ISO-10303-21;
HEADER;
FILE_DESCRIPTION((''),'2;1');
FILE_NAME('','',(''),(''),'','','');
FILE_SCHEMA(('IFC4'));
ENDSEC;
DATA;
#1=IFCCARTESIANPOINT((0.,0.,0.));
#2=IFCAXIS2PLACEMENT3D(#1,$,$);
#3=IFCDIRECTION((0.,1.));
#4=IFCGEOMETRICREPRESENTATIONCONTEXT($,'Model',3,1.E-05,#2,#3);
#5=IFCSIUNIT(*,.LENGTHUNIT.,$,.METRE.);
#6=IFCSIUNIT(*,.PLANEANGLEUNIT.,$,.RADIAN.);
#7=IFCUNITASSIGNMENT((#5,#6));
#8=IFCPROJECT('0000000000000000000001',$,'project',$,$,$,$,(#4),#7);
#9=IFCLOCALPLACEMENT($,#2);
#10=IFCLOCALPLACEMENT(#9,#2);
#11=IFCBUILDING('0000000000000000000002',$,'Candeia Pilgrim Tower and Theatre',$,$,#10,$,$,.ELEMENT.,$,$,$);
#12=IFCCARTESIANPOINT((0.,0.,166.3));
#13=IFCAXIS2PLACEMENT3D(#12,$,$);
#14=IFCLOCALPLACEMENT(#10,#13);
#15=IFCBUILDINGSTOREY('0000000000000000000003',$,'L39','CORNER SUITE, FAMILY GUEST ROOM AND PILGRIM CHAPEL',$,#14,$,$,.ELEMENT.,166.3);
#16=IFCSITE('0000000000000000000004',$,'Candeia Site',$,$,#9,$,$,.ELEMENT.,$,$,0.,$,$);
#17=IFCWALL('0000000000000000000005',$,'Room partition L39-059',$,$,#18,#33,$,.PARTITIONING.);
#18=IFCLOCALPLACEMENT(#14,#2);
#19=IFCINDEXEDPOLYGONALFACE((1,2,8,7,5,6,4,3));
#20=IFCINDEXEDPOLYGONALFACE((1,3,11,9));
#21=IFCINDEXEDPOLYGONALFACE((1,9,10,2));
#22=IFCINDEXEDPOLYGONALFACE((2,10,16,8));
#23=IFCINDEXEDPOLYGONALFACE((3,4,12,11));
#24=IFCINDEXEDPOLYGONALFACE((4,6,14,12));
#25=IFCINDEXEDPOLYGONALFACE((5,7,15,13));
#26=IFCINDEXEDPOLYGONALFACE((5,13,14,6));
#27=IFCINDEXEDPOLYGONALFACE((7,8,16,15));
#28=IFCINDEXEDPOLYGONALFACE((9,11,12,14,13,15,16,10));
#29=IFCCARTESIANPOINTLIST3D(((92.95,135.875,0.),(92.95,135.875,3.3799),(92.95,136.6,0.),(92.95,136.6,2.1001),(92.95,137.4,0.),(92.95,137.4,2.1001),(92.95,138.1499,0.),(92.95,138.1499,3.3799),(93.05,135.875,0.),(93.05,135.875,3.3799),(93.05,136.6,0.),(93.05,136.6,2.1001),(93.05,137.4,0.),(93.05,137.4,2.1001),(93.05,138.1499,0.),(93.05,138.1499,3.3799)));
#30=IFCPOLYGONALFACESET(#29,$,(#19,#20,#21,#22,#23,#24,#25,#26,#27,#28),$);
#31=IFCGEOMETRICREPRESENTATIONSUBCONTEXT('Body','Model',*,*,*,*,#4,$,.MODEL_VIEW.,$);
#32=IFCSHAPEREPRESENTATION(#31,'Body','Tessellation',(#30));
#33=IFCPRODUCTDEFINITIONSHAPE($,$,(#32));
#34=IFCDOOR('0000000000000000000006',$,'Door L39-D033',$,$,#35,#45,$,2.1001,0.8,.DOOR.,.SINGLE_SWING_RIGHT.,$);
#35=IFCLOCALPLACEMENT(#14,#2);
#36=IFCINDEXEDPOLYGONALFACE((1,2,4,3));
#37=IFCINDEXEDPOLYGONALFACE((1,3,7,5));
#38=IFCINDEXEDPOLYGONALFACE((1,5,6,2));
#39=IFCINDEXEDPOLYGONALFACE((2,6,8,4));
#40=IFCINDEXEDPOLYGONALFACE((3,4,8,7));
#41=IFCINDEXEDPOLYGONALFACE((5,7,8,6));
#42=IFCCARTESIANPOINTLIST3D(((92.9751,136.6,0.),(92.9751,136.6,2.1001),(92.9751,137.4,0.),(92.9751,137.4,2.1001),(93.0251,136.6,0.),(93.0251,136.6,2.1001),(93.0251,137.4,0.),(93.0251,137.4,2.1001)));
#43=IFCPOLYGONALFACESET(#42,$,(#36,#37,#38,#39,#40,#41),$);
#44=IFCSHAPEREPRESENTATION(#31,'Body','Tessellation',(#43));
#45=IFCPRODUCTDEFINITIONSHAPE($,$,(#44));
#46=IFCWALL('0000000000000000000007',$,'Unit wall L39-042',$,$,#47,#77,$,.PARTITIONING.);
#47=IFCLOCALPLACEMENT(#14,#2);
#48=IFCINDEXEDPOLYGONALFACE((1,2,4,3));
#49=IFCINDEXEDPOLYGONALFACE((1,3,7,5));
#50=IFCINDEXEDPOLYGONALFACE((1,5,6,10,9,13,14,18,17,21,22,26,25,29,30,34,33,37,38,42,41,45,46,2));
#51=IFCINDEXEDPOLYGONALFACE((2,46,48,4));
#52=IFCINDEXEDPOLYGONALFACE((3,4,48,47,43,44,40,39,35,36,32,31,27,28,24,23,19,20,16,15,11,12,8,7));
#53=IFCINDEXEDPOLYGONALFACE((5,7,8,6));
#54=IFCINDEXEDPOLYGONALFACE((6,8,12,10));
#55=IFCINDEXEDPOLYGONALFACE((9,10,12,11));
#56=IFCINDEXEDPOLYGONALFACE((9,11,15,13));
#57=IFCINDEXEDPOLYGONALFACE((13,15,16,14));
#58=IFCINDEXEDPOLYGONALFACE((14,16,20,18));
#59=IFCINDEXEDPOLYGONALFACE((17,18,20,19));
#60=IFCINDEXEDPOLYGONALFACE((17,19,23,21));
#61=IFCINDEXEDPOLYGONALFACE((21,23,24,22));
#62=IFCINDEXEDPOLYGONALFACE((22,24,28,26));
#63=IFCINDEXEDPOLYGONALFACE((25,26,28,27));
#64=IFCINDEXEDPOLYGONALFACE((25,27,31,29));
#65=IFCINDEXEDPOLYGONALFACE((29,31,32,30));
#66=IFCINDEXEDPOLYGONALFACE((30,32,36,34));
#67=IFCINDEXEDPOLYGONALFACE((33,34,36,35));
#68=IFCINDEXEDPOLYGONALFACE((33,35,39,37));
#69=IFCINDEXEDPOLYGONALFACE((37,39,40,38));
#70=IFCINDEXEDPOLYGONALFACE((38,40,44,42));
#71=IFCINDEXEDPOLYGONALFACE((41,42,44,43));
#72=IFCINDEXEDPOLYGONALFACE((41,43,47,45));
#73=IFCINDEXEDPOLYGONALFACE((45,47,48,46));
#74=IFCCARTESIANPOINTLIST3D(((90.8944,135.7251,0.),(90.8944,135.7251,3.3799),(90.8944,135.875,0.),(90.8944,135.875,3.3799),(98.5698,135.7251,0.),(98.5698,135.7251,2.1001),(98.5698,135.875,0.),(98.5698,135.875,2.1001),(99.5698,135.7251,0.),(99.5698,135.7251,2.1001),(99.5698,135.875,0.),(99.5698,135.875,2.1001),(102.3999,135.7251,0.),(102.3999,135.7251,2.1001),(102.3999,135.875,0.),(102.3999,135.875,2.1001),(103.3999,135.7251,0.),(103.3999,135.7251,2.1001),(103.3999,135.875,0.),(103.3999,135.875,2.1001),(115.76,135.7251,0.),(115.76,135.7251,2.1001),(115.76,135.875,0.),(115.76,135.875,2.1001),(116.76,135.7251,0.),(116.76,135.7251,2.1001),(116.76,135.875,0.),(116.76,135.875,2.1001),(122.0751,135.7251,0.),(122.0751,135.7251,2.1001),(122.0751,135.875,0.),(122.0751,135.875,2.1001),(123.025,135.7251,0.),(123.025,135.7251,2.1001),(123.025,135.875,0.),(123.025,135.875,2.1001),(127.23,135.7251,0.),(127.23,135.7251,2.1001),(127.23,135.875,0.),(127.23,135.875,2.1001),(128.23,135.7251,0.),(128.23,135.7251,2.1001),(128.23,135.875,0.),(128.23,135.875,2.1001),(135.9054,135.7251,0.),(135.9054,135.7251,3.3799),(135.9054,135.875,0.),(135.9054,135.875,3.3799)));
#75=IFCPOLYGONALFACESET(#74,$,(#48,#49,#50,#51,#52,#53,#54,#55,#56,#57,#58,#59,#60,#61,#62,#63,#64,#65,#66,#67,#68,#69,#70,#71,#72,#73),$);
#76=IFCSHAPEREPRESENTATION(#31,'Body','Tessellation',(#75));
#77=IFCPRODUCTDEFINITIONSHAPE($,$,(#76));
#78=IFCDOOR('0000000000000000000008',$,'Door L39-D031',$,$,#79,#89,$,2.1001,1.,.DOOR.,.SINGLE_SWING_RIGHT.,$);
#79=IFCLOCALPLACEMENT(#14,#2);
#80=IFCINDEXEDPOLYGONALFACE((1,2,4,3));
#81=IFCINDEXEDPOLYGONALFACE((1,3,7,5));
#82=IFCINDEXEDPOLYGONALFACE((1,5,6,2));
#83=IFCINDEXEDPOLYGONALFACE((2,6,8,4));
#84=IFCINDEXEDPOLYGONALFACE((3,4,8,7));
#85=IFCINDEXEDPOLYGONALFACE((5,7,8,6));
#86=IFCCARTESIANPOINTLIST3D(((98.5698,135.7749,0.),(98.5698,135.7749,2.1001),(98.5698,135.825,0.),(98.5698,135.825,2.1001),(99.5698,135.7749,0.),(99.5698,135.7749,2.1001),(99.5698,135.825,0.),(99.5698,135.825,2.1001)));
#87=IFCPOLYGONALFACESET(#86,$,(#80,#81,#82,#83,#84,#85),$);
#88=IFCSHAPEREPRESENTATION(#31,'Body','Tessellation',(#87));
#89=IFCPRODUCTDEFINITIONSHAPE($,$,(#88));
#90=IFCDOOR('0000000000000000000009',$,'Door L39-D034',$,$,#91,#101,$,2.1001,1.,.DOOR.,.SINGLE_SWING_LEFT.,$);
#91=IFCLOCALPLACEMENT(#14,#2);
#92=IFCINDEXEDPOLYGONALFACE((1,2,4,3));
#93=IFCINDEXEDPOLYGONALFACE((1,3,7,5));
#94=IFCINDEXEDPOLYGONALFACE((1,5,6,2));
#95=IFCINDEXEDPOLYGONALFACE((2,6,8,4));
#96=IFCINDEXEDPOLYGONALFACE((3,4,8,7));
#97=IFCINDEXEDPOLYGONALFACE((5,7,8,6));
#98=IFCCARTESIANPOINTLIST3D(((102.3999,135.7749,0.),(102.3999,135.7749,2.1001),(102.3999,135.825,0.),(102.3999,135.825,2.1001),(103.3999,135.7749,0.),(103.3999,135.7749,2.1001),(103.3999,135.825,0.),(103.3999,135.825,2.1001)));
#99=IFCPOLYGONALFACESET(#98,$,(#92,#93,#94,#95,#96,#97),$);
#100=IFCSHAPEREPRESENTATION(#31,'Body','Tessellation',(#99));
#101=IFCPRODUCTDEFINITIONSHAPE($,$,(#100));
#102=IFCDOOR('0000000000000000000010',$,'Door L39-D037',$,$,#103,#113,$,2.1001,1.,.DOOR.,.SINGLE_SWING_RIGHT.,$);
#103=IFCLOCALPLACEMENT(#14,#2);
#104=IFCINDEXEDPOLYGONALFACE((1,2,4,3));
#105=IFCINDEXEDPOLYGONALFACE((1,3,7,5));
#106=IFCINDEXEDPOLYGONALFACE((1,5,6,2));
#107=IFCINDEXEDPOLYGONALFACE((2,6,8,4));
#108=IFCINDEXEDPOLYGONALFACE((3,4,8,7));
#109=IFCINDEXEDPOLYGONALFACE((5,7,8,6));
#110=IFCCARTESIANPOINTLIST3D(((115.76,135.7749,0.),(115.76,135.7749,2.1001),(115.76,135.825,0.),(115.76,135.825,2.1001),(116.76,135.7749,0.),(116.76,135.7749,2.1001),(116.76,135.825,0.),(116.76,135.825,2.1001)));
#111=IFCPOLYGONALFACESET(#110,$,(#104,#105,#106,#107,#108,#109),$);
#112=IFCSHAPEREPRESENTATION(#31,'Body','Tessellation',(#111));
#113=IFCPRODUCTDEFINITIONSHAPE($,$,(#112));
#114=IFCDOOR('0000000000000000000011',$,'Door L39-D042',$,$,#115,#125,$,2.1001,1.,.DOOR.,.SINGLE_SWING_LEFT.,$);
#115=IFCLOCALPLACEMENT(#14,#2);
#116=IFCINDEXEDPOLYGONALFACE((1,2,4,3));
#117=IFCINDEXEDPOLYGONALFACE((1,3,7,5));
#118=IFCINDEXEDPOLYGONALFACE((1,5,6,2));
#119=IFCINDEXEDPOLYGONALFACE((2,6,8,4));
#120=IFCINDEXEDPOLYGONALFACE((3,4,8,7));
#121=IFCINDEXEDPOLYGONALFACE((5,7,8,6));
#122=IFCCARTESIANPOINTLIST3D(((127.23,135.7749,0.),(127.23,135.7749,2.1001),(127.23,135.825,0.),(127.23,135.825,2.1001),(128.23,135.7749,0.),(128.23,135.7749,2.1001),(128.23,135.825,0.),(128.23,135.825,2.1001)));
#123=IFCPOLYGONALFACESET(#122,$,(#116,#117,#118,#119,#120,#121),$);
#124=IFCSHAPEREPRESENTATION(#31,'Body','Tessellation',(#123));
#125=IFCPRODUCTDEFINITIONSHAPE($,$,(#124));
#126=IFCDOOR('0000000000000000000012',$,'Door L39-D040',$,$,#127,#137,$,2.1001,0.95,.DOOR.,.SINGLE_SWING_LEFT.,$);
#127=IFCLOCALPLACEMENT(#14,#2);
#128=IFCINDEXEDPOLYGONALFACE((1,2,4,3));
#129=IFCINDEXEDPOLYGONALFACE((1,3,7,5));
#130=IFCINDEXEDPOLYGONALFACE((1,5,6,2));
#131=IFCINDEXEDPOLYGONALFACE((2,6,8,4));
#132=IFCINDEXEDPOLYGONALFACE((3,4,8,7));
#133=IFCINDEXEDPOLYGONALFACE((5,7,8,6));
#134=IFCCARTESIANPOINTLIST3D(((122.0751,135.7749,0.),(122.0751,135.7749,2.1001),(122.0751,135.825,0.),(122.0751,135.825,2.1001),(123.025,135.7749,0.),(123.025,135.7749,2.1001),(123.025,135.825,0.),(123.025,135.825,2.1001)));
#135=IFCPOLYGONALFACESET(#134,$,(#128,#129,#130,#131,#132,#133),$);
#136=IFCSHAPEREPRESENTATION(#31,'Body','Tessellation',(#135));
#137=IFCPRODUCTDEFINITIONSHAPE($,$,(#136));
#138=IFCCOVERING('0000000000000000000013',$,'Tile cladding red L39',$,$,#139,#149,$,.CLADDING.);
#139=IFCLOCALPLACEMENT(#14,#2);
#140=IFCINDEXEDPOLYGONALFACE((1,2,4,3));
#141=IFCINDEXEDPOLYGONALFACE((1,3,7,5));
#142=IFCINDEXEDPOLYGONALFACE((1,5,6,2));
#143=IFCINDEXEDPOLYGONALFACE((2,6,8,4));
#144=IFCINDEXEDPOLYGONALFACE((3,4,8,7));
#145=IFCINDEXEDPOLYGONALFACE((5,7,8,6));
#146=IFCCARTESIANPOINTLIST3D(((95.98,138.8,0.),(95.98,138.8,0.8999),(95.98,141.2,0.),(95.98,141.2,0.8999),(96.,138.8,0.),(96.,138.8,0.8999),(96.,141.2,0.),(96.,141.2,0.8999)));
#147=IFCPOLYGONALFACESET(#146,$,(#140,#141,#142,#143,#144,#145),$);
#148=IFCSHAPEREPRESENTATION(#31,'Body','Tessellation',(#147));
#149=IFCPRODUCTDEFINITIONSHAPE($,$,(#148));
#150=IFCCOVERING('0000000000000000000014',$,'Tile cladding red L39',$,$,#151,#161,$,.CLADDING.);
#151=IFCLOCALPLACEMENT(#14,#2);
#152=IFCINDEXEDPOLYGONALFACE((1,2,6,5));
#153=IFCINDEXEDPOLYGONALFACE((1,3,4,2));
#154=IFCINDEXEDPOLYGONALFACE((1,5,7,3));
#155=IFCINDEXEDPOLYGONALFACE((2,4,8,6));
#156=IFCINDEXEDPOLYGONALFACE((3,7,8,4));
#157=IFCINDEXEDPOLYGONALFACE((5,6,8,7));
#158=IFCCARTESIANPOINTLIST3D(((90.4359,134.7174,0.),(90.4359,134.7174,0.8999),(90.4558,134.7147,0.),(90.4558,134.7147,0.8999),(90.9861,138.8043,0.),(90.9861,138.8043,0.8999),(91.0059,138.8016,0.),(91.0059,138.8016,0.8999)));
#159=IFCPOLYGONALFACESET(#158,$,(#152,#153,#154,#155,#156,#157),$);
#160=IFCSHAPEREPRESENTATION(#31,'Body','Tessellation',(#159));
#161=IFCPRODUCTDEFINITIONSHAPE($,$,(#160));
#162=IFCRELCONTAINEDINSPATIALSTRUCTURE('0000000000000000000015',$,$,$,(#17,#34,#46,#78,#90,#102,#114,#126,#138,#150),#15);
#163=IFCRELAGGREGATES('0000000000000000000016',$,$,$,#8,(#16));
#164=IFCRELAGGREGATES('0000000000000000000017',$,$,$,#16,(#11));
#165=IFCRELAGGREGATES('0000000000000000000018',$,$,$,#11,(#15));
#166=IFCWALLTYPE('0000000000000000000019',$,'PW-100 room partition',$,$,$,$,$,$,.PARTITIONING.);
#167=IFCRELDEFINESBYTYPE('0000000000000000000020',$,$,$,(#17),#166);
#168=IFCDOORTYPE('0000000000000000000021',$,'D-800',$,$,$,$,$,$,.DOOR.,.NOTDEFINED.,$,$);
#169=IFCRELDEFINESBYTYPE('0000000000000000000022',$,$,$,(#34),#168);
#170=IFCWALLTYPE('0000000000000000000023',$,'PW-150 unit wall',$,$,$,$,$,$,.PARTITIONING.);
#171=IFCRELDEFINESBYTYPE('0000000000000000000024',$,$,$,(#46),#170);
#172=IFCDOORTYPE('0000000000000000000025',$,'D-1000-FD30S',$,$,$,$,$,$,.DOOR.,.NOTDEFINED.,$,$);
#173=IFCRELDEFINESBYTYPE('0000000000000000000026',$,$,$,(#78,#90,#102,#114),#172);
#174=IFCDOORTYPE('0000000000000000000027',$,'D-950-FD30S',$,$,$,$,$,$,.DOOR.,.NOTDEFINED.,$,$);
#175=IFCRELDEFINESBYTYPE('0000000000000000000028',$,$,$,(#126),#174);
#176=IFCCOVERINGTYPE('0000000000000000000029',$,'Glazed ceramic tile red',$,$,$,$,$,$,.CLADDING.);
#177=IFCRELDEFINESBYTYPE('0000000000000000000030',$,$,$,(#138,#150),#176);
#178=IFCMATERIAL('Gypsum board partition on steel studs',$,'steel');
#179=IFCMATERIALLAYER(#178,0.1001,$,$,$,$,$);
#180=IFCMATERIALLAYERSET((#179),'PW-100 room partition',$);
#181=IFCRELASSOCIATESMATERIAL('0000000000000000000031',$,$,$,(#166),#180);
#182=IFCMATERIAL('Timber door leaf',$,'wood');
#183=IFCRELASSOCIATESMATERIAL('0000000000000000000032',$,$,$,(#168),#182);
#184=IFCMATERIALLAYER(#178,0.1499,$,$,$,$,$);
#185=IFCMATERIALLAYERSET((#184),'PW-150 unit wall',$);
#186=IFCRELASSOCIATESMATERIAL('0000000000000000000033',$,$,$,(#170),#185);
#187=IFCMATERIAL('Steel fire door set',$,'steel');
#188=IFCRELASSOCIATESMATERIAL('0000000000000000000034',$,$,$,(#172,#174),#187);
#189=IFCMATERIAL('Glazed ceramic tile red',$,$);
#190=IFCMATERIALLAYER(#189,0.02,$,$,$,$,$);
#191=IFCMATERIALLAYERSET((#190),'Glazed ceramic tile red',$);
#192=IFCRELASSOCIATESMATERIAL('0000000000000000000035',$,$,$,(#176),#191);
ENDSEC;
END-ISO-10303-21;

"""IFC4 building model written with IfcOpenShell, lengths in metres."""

from ifc_helpers import new_model, si_unit, direction, frame, frame_2d, origin, origin_2d, place, context, subcontext, project, spatial, rectangle, extrude, material, layer, layer_set, type_object, element, fill, save


model = new_model("IFC4")

# Units and contexts
model_context = context("Model", 3, precision=1e-05, world=origin(), true_north=direction((0.0, 1.0)))
body_context = subcontext(model_context, "Body", "Model", "MODEL_VIEW")
ifc_project = project(units=[si_unit("LENGTHUNIT", "METRE"), si_unit("PLANEANGLEUNIT", "RADIAN")], contexts=[model_context])

# Site, building, storey
site_placement = place(None, origin())
site = spatial("IfcSite", under=ifc_project, at=site_placement, Name="Candeia Site", CompositionType="ELEMENT", RefElevation=0.0)
building_placement = place(site_placement, origin())
building = spatial("IfcBuilding", under=site, at=building_placement, Name="Candeia Pilgrim Tower and Theatre", CompositionType="ELEMENT")
storey_placement = place(building_placement, frame((0.0, 0.0, 166.3)))
storey = spatial("IfcBuildingStorey", under=building, at=storey_placement, Name="L39", Description="CORNER SUITE, FAMILY GUEST ROOM AND PILGRIM CHAPEL", CompositionType="ELEMENT", Elevation=166.3)

# Shared definitions
ifc_material_1 = material(Name="Gypsum board partition on steel studs", Category="steel")
ifc_layer_1 = layer(ifc_material_1, 0.1001)
ifc_layer_set_1 = layer_set([ifc_layer_1], Name="PW-100 room partition")
wall_type_1 = type_object("IfcWallType", Name="PW-100 room partition", PredefinedType="PARTITIONING", material=ifc_layer_set_1)

# Wall, opening, door
wall_1_placement = place(storey_placement, frame((93.0, 135.875, 0.0), z_axis=(0.0, 0.0, 1.0), x_axis=(0.0, 1.0, 0.0)))
wall_1 = element("IfcWall", 1, at=wall_1_placement, inside=storey, type_object=wall_type_1, Name="Room partition L39-059", PredefinedType="PARTITIONING", context=body_context, shape_type="SweptSolid", body=[
    extrude(rectangle(XDim=2.2749, YDim=0.1001, at=frame_2d((1.1375, 0.0))), origin(), (0.0, 0.0, 1.0), 3.3799),
])
opening_1_placement = place(wall_1_placement, frame((0.7251, 0.0, 0.0)))
opening_1 = element("IfcOpeningElement", 2, at=opening_1_placement, cuts=wall_1, PredefinedType="OPENING", context=body_context, shape_type="SweptSolid", body=[
    extrude(rectangle(XDim=0.8, YDim=2.1001, at=frame_2d((0.3999, 1.05))), frame((0.0, 0.0601, 0.0), z_axis=(0.0, -1.0, 0.0), x_axis=(1.0, 0.0, 0.0)), (0.0, 0.0, 1.0), 0.1201),
])
ifc_material_2 = material(Name="Timber door leaf", Category="wood")
door_type_1 = type_object("IfcDoorType", Name="D-800", OperationType="NOTDEFINED", PredefinedType="DOOR", material=ifc_material_2)
door_1_placement = place(opening_1_placement, origin())
door_1 = element("IfcDoor", 3, at=door_1_placement, inside=storey, type_object=door_type_1, Name="Door L39-D033", OperationType="SINGLE_SWING_RIGHT", OverallHeight=2.1001, OverallWidth=0.8, PredefinedType="DOOR", context=body_context, shape_type="SweptSolid", body=[
    extrude(rectangle(XDim=0.8, YDim=2.1001, at=frame_2d((0.3999, 1.05))), frame((0.0, 0.0249, 0.0), z_axis=(0.0, -1.0, 0.0), x_axis=(1.0, 0.0, 0.0)), (0.0, 0.0, 1.0), 0.05),
])
fill(opening_1, door_1)

# Wall, openings, doors
ifc_layer_2 = layer(ifc_material_1, 0.1499)
ifc_layer_set_2 = layer_set([ifc_layer_2], Name="PW-150 unit wall")
wall_type_2 = type_object("IfcWallType", Name="PW-150 unit wall", PredefinedType="PARTITIONING", material=ifc_layer_set_2)
wall_2_placement = place(storey_placement, frame((90.8945, 135.8, 0.0), z_axis=(0.0, 0.0, 1.0), x_axis=(1.0, 0.0, 0.0)))
wall_2 = element("IfcWall", 4, at=wall_2_placement, inside=storey, type_object=wall_type_2, Name="Unit wall L39-042", PredefinedType="PARTITIONING", context=body_context, shape_type="SweptSolid", body=[
    extrude(rectangle(XDim=45.011, YDim=0.1499, at=frame_2d((22.5054, 0.0))), origin(), (0.0, 0.0, 1.0), 3.3799),
])
opening_2_placement = place(wall_2_placement, frame((7.6753, 0.0, 0.0)))
opening_2 = element("IfcOpeningElement", 5, at=opening_2_placement, cuts=wall_2, PredefinedType="OPENING", context=body_context, shape_type="SweptSolid", body=[
    extrude(rectangle(XDim=1.0, YDim=2.1001, at=frame_2d((0.5, 1.05))), frame((0.0, 0.085, 0.0), z_axis=(0.0, -1.0, 0.0), x_axis=(1.0, 0.0, 0.0)), (0.0, 0.0, 1.0), 0.1699),
])
opening_3_placement = place(wall_2_placement, frame((11.5054, 0.0, 0.0)))
opening_3 = element("IfcOpeningElement", 6, at=opening_3_placement, cuts=wall_2, PredefinedType="OPENING", context=body_context, shape_type="SweptSolid", body=[
    extrude(rectangle(XDim=1.0, YDim=2.1001, at=frame_2d((0.5, 1.05))), frame((0.0, 0.085, 0.0), z_axis=(0.0, -1.0, 0.0), x_axis=(1.0, 0.0, 0.0)), (0.0, 0.0, 1.0), 0.1699),
])
opening_4_placement = place(wall_2_placement, frame((24.8655, 0.0, 0.0)))
opening_4 = element("IfcOpeningElement", 7, at=opening_4_placement, cuts=wall_2, PredefinedType="OPENING", context=body_context, shape_type="SweptSolid", body=[
    extrude(rectangle(XDim=1.0, YDim=2.1001, at=frame_2d((0.5, 1.05))), frame((0.0, 0.085, 0.0), z_axis=(0.0, -1.0, 0.0), x_axis=(1.0, 0.0, 0.0)), (0.0, 0.0, 1.0), 0.1699),
])
opening_5_placement = place(wall_2_placement, frame((31.1804, 0.0, 0.0)))
opening_5 = element("IfcOpeningElement", 8, at=opening_5_placement, cuts=wall_2, PredefinedType="OPENING", context=body_context, shape_type="SweptSolid", body=[
    extrude(rectangle(XDim=0.95, YDim=2.1001, at=frame_2d((0.4751, 1.05))), frame((0.0, 0.085, 0.0), z_axis=(0.0, -1.0, 0.0), x_axis=(1.0, 0.0, 0.0)), (0.0, 0.0, 1.0), 0.1699),
])
opening_6_placement = place(wall_2_placement, frame((36.3354, 0.0, 0.0)))
opening_6 = element("IfcOpeningElement", 9, at=opening_6_placement, cuts=wall_2, PredefinedType="OPENING", context=body_context, shape_type="SweptSolid", body=[
    extrude(rectangle(XDim=1.0, YDim=2.1001, at=frame_2d((0.5, 1.05))), frame((0.0, 0.085, 0.0), z_axis=(0.0, -1.0, 0.0), x_axis=(1.0, 0.0, 0.0)), (0.0, 0.0, 1.0), 0.1699),
])
ifc_material_3 = material(Name="Steel fire door set", Category="steel")
door_type_2 = type_object("IfcDoorType", Name="D-1000-FD30S", OperationType="NOTDEFINED", PredefinedType="DOOR", material=ifc_material_3)
door_2_placement = place(opening_2_placement, origin())
door_2 = element("IfcDoor", 10, at=door_2_placement, inside=storey, type_object=door_type_2, Name="Door L39-D031", OperationType="SINGLE_SWING_RIGHT", OverallHeight=2.1001, OverallWidth=1.0, PredefinedType="DOOR", context=body_context, shape_type="SweptSolid", body=[
    extrude(rectangle(XDim=1.0, YDim=2.1001, at=frame_2d((0.5, 1.05))), frame((0.0, 0.0249, 0.0), z_axis=(0.0, -1.0, 0.0), x_axis=(1.0, 0.0, 0.0)), (0.0, 0.0, 1.0), 0.05),
])
fill(opening_2, door_2)
door_3_placement = place(opening_3_placement, origin())
door_3 = element("IfcDoor", 11, at=door_3_placement, inside=storey, type_object=door_type_2, Name="Door L39-D034", OperationType="SINGLE_SWING_LEFT", OverallHeight=2.1001, OverallWidth=1.0, PredefinedType="DOOR", context=body_context, shape_type="SweptSolid", body=[
    extrude(rectangle(XDim=1.0, YDim=2.1001, at=frame_2d((0.5, 1.05))), frame((0.0, 0.0249, 0.0), z_axis=(0.0, -1.0, 0.0), x_axis=(1.0, 0.0, 0.0)), (0.0, 0.0, 1.0), 0.05),
])
fill(opening_3, door_3)
door_4_placement = place(opening_4_placement, origin())
door_4 = element("IfcDoor", 12, at=door_4_placement, inside=storey, type_object=door_type_2, Name="Door L39-D037", OperationType="SINGLE_SWING_RIGHT", OverallHeight=2.1001, OverallWidth=1.0, PredefinedType="DOOR", context=body_context, shape_type="SweptSolid", body=[
    extrude(rectangle(XDim=1.0, YDim=2.1001, at=frame_2d((0.5, 1.05))), frame((0.0, 0.0249, 0.0), z_axis=(0.0, -1.0, 0.0), x_axis=(1.0, 0.0, 0.0)), (0.0, 0.0, 1.0), 0.05),
])
fill(opening_4, door_4)
door_5_placement = place(opening_6_placement, origin())
door_5 = element("IfcDoor", 13, at=door_5_placement, inside=storey, type_object=door_type_2, Name="Door L39-D042", OperationType="SINGLE_SWING_LEFT", OverallHeight=2.1001, OverallWidth=1.0, PredefinedType="DOOR", context=body_context, shape_type="SweptSolid", body=[
    extrude(rectangle(XDim=1.0, YDim=2.1001, at=frame_2d((0.5, 1.05))), frame((0.0, 0.0249, 0.0), z_axis=(0.0, -1.0, 0.0), x_axis=(1.0, 0.0, 0.0)), (0.0, 0.0, 1.0), 0.05),
])
fill(opening_6, door_5)
door_type_3 = type_object("IfcDoorType", Name="D-950-FD30S", OperationType="NOTDEFINED", PredefinedType="DOOR", material=ifc_material_3)
door_6_placement = place(opening_5_placement, origin())
door_6 = element("IfcDoor", 14, at=door_6_placement, inside=storey, type_object=door_type_3, Name="Door L39-D040", OperationType="SINGLE_SWING_LEFT", OverallHeight=2.1001, OverallWidth=0.95, PredefinedType="DOOR", context=body_context, shape_type="SweptSolid", body=[
    extrude(rectangle(XDim=0.95, YDim=2.1001, at=frame_2d((0.4751, 1.05))), frame((0.0, 0.0249, 0.0), z_axis=(0.0, -1.0, 0.0), x_axis=(1.0, 0.0, 0.0)), (0.0, 0.0, 1.0), 0.05),
])
fill(opening_5, door_6)

# Coverings
ifc_material_4 = material(Name="Glazed ceramic tile red")
ifc_layer_3 = layer(ifc_material_4, 0.02)
ifc_layer_set_3 = layer_set([ifc_layer_3], Name="Glazed ceramic tile red")
covering_type_1 = type_object("IfcCoveringType", Name="Glazed ceramic tile red", PredefinedType="CLADDING", material=ifc_layer_set_3)
covering_1_placement = place(storey_placement, frame((95.99, 140.0, 0.0), z_axis=(0.0, 0.0, 1.0), x_axis=(0.0, -1.0, 0.0)))
element("IfcCovering", 15, at=covering_1_placement, inside=storey, type_object=covering_type_1, Name="Tile cladding red L39", PredefinedType="CLADDING", context=body_context, shape_type="SweptSolid", body=[
    extrude(rectangle(XDim=2.3999, YDim=0.02, at=origin_2d()), origin(), (0.0, 0.0, 1.0), 0.8999),
])
covering_2_placement = place(storey_placement, frame((90.7209, 136.7595, 0.0), z_axis=(0.0, 0.0, 1.0), x_axis=(-0.133412, -0.991061, 0.0)))
element("IfcCovering", 16, at=covering_2_placement, inside=storey, type_object=covering_type_1, Name="Tile cladding red L39", PredefinedType="CLADDING", context=body_context, shape_type="SweptSolid", body=[
    extrude(rectangle(XDim=4.1238, YDim=0.02, at=origin_2d()), origin(), (0.0, 0.0, 1.0), 0.8999),
])

save(model, "model.ifc")
